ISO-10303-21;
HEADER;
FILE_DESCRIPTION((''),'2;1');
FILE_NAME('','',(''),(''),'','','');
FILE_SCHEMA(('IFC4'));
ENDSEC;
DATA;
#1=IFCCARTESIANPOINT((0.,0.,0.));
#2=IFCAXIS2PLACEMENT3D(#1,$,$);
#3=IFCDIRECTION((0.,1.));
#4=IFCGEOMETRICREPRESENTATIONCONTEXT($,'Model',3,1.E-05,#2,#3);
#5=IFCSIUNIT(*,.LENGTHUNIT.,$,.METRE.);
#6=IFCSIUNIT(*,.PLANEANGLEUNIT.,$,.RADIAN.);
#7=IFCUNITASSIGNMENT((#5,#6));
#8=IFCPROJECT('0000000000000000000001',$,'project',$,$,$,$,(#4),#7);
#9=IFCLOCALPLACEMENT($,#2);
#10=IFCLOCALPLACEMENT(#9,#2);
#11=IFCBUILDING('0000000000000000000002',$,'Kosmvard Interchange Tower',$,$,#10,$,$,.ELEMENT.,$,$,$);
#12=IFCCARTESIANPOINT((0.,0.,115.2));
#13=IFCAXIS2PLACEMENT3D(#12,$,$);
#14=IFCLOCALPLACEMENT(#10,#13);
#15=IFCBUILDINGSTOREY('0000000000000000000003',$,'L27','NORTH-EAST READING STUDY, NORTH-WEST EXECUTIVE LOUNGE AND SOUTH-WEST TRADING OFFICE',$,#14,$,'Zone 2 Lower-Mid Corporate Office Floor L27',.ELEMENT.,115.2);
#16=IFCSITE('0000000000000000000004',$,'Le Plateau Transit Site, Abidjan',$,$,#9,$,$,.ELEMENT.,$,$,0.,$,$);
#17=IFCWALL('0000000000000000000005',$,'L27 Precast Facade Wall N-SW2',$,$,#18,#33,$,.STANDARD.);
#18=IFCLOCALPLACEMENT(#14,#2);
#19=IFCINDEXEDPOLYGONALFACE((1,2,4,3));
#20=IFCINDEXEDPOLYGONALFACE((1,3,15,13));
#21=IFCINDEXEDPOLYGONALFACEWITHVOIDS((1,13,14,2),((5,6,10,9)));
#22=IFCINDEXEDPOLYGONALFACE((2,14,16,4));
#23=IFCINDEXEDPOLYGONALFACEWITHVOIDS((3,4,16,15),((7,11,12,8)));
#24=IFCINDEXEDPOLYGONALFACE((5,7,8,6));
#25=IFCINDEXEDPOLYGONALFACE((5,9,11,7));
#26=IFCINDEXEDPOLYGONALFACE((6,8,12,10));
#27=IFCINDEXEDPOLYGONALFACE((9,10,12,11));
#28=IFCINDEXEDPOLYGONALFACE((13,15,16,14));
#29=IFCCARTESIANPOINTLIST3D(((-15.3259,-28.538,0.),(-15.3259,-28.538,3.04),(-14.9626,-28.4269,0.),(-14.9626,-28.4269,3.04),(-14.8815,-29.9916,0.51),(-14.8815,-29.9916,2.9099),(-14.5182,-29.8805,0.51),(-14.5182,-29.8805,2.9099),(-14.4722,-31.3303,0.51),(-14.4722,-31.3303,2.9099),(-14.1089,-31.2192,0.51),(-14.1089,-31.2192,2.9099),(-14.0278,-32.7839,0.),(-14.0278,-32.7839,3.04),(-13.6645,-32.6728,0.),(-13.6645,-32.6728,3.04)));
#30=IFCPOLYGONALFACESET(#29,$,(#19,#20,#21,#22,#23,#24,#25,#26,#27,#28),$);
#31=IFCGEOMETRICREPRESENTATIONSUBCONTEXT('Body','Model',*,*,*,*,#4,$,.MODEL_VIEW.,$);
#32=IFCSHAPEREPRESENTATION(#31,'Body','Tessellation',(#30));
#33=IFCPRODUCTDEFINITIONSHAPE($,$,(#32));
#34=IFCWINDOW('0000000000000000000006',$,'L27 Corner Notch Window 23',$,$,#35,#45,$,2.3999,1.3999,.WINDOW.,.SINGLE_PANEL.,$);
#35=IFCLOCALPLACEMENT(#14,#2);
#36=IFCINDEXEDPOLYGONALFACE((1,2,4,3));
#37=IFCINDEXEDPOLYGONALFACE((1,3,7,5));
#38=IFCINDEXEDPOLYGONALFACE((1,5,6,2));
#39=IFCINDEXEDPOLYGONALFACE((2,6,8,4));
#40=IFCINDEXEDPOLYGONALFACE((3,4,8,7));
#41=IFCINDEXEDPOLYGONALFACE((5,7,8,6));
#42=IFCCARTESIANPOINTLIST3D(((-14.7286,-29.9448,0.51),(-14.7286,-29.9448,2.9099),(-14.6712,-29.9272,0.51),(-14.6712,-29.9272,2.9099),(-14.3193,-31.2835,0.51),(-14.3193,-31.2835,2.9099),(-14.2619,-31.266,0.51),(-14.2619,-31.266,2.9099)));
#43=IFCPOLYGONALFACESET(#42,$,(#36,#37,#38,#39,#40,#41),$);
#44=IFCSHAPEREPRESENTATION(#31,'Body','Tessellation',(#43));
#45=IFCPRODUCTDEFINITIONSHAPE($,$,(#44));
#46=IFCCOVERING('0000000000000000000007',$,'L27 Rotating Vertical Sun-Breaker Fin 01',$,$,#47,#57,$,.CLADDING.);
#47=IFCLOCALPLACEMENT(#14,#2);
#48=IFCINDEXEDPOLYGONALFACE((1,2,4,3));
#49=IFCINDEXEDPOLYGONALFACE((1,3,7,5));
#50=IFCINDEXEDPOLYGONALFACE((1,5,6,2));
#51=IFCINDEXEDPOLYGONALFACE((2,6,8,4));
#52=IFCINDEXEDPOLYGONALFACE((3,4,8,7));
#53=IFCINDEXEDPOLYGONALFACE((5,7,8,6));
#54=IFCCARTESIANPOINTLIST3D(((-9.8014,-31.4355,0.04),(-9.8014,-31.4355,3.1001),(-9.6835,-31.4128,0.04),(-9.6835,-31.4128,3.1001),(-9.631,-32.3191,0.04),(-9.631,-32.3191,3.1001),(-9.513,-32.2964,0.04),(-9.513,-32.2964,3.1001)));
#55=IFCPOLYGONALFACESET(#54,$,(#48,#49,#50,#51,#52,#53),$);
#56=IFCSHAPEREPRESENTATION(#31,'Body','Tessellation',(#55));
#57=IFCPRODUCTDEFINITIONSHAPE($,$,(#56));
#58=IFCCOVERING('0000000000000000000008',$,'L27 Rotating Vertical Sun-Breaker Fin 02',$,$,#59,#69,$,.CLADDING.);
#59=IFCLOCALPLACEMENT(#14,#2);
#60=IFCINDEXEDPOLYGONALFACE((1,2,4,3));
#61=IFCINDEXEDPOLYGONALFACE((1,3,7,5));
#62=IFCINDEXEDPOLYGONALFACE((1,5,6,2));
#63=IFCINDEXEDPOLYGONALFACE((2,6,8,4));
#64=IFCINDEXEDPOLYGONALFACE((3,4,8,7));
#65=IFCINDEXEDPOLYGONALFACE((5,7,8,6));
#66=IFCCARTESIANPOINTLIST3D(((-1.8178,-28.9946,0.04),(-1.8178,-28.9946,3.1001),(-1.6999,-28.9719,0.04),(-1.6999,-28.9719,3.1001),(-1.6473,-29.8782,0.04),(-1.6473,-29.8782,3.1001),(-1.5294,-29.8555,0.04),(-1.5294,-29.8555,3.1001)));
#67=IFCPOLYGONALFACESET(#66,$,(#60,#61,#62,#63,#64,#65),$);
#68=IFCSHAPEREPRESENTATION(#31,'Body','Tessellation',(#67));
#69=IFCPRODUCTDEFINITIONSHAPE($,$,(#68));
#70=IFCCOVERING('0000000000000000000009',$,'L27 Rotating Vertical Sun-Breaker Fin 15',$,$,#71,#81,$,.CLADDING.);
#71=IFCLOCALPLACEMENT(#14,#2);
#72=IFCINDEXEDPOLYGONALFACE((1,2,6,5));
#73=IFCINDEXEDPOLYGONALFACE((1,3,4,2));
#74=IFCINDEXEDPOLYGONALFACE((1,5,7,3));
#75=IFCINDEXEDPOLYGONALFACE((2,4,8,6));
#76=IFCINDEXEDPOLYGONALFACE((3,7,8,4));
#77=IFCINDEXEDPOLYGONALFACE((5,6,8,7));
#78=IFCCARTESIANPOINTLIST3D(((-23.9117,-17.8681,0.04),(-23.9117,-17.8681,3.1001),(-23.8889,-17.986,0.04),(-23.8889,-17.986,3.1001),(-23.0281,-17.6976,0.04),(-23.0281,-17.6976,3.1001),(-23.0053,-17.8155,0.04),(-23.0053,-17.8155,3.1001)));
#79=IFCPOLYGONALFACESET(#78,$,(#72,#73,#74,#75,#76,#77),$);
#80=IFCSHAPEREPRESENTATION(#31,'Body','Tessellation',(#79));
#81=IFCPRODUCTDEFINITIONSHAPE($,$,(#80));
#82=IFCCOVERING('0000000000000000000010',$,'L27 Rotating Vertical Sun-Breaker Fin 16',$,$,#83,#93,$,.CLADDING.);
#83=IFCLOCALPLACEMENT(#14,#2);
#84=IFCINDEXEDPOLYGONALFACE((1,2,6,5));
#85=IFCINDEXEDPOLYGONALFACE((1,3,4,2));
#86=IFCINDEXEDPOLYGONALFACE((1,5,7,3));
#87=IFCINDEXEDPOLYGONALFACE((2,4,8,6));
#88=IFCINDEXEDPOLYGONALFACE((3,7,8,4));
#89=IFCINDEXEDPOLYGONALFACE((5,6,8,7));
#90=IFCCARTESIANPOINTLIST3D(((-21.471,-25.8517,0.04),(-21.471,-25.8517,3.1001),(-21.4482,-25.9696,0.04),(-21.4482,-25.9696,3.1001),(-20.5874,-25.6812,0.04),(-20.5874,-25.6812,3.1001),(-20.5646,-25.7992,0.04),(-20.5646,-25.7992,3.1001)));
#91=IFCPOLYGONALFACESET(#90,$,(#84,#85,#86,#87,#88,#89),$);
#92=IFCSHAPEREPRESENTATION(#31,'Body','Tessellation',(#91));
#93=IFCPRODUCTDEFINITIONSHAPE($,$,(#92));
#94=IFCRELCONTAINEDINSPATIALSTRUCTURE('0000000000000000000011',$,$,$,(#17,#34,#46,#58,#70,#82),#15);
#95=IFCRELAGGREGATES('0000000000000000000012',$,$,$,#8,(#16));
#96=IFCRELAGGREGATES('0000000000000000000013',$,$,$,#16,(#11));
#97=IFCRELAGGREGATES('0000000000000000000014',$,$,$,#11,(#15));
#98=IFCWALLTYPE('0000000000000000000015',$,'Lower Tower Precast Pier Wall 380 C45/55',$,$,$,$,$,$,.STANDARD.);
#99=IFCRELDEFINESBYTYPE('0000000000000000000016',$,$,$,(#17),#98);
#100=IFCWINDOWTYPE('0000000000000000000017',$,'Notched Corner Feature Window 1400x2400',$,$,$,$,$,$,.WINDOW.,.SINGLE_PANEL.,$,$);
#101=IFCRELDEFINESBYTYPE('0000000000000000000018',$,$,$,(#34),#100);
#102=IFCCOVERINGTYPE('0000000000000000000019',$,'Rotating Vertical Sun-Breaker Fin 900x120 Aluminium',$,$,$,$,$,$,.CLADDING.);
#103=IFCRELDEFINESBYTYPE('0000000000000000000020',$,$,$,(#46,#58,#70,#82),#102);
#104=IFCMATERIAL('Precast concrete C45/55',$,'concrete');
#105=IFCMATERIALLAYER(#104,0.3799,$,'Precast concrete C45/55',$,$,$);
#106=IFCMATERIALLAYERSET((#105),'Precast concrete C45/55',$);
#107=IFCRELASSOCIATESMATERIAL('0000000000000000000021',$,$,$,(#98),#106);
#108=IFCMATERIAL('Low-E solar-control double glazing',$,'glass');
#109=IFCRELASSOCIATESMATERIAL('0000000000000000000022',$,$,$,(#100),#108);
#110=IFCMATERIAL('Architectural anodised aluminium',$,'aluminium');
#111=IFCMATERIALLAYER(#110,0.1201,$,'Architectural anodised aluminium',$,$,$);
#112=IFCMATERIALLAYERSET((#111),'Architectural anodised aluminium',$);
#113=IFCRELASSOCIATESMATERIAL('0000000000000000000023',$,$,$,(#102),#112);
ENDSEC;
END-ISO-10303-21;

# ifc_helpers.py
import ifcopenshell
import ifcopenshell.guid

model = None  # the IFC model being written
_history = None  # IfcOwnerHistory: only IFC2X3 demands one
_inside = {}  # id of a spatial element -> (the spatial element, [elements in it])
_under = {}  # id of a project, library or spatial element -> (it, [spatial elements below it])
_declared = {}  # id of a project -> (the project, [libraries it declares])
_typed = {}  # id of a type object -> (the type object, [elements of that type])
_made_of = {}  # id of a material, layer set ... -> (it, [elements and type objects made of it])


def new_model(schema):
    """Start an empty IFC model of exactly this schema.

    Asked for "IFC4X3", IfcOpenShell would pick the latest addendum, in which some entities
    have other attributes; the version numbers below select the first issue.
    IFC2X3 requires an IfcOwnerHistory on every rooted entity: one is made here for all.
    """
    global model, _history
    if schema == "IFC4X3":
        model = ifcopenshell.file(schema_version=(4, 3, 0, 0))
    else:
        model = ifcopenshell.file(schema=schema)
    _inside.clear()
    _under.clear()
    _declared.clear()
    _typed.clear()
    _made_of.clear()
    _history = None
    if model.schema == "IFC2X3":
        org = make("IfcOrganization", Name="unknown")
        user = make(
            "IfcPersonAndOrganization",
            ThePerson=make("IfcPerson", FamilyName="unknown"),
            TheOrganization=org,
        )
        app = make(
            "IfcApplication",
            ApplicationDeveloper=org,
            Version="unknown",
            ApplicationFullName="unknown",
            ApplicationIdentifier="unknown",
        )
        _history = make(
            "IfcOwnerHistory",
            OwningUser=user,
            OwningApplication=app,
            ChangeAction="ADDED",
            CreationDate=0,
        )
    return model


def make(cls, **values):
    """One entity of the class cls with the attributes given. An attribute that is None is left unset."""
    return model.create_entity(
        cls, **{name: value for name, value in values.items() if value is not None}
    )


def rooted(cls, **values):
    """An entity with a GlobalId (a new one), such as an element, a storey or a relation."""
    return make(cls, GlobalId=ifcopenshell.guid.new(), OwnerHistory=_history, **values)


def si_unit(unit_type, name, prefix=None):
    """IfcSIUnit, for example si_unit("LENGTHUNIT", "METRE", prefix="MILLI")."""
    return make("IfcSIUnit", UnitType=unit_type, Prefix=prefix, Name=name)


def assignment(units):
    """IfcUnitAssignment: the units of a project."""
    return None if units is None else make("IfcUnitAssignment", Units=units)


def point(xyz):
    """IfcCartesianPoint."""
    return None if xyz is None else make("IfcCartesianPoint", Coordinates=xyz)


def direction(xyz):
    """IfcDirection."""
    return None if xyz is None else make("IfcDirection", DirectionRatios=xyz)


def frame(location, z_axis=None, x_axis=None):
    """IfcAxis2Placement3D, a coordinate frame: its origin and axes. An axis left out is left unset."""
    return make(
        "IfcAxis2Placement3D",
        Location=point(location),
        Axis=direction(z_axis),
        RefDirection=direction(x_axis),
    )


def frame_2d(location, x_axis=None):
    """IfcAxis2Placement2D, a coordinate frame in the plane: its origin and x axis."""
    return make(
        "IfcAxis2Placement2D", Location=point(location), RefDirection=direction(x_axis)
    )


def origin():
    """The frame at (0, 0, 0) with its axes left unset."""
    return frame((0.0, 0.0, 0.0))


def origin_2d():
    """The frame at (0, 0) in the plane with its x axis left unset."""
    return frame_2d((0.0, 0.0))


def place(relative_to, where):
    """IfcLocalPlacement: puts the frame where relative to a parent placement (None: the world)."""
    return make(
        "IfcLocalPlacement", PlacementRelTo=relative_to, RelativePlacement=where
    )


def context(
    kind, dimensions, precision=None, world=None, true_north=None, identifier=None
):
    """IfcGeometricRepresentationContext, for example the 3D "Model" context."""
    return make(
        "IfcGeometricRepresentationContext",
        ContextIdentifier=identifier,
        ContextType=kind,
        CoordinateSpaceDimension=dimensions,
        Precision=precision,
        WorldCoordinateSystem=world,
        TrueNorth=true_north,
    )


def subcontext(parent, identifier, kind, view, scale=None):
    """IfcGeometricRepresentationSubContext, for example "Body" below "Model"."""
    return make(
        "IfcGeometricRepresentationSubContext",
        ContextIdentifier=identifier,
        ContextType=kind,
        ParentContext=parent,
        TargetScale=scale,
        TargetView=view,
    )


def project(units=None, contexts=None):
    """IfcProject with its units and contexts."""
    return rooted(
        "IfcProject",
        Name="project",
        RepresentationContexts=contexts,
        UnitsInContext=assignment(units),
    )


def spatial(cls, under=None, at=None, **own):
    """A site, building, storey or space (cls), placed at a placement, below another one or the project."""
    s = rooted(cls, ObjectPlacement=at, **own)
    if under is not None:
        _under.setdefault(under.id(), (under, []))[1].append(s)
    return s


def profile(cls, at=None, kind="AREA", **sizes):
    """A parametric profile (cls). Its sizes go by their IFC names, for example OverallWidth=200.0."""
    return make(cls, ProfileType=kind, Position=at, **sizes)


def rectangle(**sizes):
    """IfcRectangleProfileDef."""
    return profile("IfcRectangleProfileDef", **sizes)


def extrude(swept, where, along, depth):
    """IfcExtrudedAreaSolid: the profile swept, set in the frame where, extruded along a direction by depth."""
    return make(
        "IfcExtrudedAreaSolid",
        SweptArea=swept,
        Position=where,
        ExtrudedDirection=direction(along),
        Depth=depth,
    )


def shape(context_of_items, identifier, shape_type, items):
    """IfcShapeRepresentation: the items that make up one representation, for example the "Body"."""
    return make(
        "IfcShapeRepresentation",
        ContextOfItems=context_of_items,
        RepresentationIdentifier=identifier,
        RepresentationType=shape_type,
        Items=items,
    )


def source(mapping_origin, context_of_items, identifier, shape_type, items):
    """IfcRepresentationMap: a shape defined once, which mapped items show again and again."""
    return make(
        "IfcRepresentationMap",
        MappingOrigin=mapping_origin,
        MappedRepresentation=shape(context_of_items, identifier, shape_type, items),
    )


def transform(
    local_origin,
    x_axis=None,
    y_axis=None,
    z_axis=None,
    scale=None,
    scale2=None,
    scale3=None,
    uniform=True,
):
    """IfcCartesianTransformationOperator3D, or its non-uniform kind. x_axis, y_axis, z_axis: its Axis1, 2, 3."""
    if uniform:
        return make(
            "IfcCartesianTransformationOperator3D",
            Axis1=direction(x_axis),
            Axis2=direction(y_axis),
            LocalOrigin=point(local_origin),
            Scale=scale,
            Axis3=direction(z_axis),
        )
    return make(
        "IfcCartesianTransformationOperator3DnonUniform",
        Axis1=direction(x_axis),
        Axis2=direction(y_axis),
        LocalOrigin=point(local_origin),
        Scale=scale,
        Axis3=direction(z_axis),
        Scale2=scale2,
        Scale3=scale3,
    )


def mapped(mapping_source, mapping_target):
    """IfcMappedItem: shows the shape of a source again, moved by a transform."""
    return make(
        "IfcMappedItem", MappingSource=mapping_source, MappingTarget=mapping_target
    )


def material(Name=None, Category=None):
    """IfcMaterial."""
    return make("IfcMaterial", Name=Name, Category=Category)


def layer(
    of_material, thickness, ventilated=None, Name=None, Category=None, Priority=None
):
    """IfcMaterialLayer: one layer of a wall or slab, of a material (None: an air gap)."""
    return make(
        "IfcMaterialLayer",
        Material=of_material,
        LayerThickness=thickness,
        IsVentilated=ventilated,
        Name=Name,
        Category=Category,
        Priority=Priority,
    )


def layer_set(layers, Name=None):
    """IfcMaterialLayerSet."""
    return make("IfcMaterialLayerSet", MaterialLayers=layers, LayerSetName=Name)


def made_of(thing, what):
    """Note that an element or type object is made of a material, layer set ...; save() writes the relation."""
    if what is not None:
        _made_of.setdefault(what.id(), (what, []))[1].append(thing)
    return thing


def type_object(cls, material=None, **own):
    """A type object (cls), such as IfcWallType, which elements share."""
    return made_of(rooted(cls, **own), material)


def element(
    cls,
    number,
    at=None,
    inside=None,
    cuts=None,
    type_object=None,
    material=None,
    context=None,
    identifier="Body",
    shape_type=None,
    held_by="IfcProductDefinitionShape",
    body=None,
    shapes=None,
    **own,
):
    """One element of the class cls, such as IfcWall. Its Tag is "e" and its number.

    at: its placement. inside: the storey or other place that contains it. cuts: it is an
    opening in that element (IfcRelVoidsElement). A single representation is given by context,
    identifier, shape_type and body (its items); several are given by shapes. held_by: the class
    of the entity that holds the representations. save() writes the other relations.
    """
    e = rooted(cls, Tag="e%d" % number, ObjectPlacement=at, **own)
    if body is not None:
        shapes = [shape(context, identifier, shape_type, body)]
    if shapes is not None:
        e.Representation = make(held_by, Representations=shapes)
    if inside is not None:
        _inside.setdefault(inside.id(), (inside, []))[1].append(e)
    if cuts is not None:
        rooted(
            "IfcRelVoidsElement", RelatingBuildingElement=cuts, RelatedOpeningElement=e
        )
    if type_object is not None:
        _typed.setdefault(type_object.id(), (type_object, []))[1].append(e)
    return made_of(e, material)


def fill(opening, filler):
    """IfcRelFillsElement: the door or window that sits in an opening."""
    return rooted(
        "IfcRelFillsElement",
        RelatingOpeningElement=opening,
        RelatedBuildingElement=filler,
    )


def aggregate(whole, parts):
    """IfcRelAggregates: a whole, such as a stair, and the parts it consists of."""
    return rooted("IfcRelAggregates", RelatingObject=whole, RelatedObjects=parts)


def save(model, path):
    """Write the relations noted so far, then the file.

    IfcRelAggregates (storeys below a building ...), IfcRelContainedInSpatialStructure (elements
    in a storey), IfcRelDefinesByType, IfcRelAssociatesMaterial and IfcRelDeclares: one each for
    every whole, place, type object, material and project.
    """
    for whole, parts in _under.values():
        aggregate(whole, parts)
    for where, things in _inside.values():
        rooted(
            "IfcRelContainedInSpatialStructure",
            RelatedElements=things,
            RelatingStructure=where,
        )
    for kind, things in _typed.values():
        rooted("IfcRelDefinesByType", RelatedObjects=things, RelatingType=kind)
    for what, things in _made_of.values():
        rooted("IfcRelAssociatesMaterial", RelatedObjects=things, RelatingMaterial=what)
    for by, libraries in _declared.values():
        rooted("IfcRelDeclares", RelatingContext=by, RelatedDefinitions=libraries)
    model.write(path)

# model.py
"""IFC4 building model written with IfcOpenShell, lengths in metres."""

from ifc_helpers import new_model, si_unit, direction, frame, frame_2d, origin, origin_2d, place, context, subcontext, project, spatial, rectangle, extrude, source, transform, mapped, material, layer, layer_set, type_object, element, fill, save


model = new_model("IFC4")

# Units and contexts
model_context = context("Model", 3, precision=1e-05, world=origin(), true_north=direction((0.0, 1.0)))
body_context = subcontext(model_context, "Body", "Model", "MODEL_VIEW")
ifc_project = project(units=[si_unit("LENGTHUNIT", "METRE"), si_unit("PLANEANGLEUNIT", "RADIAN")], contexts=[model_context])

# Site, building, storey
site_placement = place(None, origin())
site = spatial("IfcSite", under=ifc_project, at=site_placement, Name="Le Plateau Transit Site, Abidjan", CompositionType="ELEMENT", RefElevation=0.0)
building_placement = place(site_placement, origin())
building = spatial("IfcBuilding", under=site, at=building_placement, Name="Kosmvard Interchange Tower", CompositionType="ELEMENT")
storey_placement = place(building_placement, frame((0.0, 0.0, 115.2)))
storey = spatial("IfcBuildingStorey", under=building, at=storey_placement, Name="L27", Description="NORTH-EAST READING STUDY, NORTH-WEST EXECUTIVE LOUNGE AND SOUTH-WEST TRADING OFFICE", LongName="Zone 2 Lower-Mid Corporate Office Floor L27", CompositionType="ELEMENT", Elevation=115.2)

# Shared definitions
ifc_material_1 = material(Name="Precast concrete C45/55", Category="concrete")

# Shared definitions
ifc_layer_1 = layer(ifc_material_1, 0.3799, Name="Precast concrete C45/55")
ifc_layer_set_1 = layer_set([ifc_layer_1], Name="Precast concrete C45/55")
wall_type_1 = type_object("IfcWallType", Name="Lower Tower Precast Pier Wall 380 C45/55", PredefinedType="STANDARD", material=ifc_layer_set_1)
ifc_material_2 = material(Name="Low-E solar-control double glazing", Category="glass")
window_type_1 = type_object("IfcWindowType", Name="Notched Corner Feature Window 1400x2400", PartitioningType="SINGLE_PANEL", PredefinedType="WINDOW", material=ifc_material_2)
shared_shape_1 = source(origin(), body_context, "Body", "SweptSolid", [
    extrude(rectangle(XDim=1.3999, YDim=2.3999, at=frame_2d((0.7, 1.2))), frame((0.0, 0.03, 0.0), z_axis=(0.0, -1.0, 0.0), x_axis=(1.0, 0.0, 0.0)), (0.0, 0.0, 1.0), 0.0601),
])

# Wall, opening, window
wall_1_placement = place(storey_placement, frame((-15.1443, -28.4824, 0.0), z_axis=(0.0, 0.0, 1.0), x_axis=(0.292374, -0.956304, 0.0)))
wall_1 = element("IfcWall", 1, at=wall_1_placement, inside=storey, type_object=wall_type_1, Name="L27 Precast Facade Wall N-SW2", PredefinedType="STANDARD", context=body_context, shape_type="SweptSolid", body=[
    extrude(rectangle(XDim=4.4399, YDim=0.3799, at=frame_2d((2.22, 0.0))), origin(), (0.0, 0.0, 1.0), 3.04),
])
opening_1_placement = place(wall_1_placement, frame((1.52, 0.0, 0.51)))
opening_1 = element("IfcOpeningElement", 2, at=opening_1_placement, cuts=wall_1, PredefinedType="OPENING", context=body_context, shape_type="SweptSolid", body=[
    extrude(rectangle(XDim=1.3999, YDim=2.3999, at=frame_2d((0.7, 1.2))), frame((0.0, 0.2, 0.0), z_axis=(0.0, -1.0, 0.0), x_axis=(1.0, 0.0, 0.0)), (0.0, 0.0, 1.0), 0.3999),
])
window_1_placement = place(opening_1_placement, origin())
window_1 = element("IfcWindow", 3, at=window_1_placement, inside=storey, type_object=window_type_1, Name="L27 Corner Notch Window 23", OverallHeight=2.3999, OverallWidth=1.3999, PartitioningType="SINGLE_PANEL", PredefinedType="WINDOW", context=body_context, shape_type="MappedRepresentation", body=[
    mapped(shared_shape_1, transform((0.0, 0.0, 0.0), scale=1.0)),
])
fill(opening_1, window_1)

# Coverings
ifc_material_3 = material(Name="Architectural anodised aluminium", Category="aluminium")
ifc_layer_2 = layer(ifc_material_3, 0.1201, Name="Architectural anodised aluminium")
ifc_layer_set_2 = layer_set([ifc_layer_2], Name="Architectural anodised aluminium")
covering_type = type_object("IfcCoveringType", Name="Rotating Vertical Sun-Breaker Fin 900x120 Aluminium", PredefinedType="CLADDING", material=ifc_layer_set_2)
shared_shape_2 = source(origin(), body_context, "Body", "SweptSolid", [
    extrude(rectangle(XDim=0.8999, YDim=0.1201, at=origin_2d()), origin(), (0.0, 0.0, 1.0), 3.0601),
])
for number, where, z_axis, x_axis, name in (
    (4, (-9.6572, -31.866, 0.04), (0.0, 0.0, 1.0), (0.189438, -0.981893, 0.0), "L27 Rotating Vertical Sun-Breaker Fin 01"),
    (5, (-1.6736, -29.425, 0.04), (0.0, 0.0, 1.0), (0.189438, -0.981893, 0.0), "L27 Rotating Vertical Sun-Breaker Fin 02"),
    (6, (-23.4585, -17.8418, 0.04), (0.0, 0.0, 1.0), (-0.981893, -0.189438, 0.0), "L27 Rotating Vertical Sun-Breaker Fin 15"),
    (7, (-21.0178, -25.8254, 0.04), (0.0, 0.0, 1.0), (-0.981893, -0.189438, 0.0), "L27 Rotating Vertical Sun-Breaker Fin 16"),
):
    element("IfcCovering", number, at=place(storey_placement, frame(where, z_axis=z_axis, x_axis=x_axis)), inside=storey, type_object=covering_type, Name=name, PredefinedType="CLADDING", context=body_context, shape_type="MappedRepresentation", body=[
        mapped(shared_shape_2, transform((0.0, 0.0, 0.0), scale=1.0)),
    ])

save(model, "model.ifc")
